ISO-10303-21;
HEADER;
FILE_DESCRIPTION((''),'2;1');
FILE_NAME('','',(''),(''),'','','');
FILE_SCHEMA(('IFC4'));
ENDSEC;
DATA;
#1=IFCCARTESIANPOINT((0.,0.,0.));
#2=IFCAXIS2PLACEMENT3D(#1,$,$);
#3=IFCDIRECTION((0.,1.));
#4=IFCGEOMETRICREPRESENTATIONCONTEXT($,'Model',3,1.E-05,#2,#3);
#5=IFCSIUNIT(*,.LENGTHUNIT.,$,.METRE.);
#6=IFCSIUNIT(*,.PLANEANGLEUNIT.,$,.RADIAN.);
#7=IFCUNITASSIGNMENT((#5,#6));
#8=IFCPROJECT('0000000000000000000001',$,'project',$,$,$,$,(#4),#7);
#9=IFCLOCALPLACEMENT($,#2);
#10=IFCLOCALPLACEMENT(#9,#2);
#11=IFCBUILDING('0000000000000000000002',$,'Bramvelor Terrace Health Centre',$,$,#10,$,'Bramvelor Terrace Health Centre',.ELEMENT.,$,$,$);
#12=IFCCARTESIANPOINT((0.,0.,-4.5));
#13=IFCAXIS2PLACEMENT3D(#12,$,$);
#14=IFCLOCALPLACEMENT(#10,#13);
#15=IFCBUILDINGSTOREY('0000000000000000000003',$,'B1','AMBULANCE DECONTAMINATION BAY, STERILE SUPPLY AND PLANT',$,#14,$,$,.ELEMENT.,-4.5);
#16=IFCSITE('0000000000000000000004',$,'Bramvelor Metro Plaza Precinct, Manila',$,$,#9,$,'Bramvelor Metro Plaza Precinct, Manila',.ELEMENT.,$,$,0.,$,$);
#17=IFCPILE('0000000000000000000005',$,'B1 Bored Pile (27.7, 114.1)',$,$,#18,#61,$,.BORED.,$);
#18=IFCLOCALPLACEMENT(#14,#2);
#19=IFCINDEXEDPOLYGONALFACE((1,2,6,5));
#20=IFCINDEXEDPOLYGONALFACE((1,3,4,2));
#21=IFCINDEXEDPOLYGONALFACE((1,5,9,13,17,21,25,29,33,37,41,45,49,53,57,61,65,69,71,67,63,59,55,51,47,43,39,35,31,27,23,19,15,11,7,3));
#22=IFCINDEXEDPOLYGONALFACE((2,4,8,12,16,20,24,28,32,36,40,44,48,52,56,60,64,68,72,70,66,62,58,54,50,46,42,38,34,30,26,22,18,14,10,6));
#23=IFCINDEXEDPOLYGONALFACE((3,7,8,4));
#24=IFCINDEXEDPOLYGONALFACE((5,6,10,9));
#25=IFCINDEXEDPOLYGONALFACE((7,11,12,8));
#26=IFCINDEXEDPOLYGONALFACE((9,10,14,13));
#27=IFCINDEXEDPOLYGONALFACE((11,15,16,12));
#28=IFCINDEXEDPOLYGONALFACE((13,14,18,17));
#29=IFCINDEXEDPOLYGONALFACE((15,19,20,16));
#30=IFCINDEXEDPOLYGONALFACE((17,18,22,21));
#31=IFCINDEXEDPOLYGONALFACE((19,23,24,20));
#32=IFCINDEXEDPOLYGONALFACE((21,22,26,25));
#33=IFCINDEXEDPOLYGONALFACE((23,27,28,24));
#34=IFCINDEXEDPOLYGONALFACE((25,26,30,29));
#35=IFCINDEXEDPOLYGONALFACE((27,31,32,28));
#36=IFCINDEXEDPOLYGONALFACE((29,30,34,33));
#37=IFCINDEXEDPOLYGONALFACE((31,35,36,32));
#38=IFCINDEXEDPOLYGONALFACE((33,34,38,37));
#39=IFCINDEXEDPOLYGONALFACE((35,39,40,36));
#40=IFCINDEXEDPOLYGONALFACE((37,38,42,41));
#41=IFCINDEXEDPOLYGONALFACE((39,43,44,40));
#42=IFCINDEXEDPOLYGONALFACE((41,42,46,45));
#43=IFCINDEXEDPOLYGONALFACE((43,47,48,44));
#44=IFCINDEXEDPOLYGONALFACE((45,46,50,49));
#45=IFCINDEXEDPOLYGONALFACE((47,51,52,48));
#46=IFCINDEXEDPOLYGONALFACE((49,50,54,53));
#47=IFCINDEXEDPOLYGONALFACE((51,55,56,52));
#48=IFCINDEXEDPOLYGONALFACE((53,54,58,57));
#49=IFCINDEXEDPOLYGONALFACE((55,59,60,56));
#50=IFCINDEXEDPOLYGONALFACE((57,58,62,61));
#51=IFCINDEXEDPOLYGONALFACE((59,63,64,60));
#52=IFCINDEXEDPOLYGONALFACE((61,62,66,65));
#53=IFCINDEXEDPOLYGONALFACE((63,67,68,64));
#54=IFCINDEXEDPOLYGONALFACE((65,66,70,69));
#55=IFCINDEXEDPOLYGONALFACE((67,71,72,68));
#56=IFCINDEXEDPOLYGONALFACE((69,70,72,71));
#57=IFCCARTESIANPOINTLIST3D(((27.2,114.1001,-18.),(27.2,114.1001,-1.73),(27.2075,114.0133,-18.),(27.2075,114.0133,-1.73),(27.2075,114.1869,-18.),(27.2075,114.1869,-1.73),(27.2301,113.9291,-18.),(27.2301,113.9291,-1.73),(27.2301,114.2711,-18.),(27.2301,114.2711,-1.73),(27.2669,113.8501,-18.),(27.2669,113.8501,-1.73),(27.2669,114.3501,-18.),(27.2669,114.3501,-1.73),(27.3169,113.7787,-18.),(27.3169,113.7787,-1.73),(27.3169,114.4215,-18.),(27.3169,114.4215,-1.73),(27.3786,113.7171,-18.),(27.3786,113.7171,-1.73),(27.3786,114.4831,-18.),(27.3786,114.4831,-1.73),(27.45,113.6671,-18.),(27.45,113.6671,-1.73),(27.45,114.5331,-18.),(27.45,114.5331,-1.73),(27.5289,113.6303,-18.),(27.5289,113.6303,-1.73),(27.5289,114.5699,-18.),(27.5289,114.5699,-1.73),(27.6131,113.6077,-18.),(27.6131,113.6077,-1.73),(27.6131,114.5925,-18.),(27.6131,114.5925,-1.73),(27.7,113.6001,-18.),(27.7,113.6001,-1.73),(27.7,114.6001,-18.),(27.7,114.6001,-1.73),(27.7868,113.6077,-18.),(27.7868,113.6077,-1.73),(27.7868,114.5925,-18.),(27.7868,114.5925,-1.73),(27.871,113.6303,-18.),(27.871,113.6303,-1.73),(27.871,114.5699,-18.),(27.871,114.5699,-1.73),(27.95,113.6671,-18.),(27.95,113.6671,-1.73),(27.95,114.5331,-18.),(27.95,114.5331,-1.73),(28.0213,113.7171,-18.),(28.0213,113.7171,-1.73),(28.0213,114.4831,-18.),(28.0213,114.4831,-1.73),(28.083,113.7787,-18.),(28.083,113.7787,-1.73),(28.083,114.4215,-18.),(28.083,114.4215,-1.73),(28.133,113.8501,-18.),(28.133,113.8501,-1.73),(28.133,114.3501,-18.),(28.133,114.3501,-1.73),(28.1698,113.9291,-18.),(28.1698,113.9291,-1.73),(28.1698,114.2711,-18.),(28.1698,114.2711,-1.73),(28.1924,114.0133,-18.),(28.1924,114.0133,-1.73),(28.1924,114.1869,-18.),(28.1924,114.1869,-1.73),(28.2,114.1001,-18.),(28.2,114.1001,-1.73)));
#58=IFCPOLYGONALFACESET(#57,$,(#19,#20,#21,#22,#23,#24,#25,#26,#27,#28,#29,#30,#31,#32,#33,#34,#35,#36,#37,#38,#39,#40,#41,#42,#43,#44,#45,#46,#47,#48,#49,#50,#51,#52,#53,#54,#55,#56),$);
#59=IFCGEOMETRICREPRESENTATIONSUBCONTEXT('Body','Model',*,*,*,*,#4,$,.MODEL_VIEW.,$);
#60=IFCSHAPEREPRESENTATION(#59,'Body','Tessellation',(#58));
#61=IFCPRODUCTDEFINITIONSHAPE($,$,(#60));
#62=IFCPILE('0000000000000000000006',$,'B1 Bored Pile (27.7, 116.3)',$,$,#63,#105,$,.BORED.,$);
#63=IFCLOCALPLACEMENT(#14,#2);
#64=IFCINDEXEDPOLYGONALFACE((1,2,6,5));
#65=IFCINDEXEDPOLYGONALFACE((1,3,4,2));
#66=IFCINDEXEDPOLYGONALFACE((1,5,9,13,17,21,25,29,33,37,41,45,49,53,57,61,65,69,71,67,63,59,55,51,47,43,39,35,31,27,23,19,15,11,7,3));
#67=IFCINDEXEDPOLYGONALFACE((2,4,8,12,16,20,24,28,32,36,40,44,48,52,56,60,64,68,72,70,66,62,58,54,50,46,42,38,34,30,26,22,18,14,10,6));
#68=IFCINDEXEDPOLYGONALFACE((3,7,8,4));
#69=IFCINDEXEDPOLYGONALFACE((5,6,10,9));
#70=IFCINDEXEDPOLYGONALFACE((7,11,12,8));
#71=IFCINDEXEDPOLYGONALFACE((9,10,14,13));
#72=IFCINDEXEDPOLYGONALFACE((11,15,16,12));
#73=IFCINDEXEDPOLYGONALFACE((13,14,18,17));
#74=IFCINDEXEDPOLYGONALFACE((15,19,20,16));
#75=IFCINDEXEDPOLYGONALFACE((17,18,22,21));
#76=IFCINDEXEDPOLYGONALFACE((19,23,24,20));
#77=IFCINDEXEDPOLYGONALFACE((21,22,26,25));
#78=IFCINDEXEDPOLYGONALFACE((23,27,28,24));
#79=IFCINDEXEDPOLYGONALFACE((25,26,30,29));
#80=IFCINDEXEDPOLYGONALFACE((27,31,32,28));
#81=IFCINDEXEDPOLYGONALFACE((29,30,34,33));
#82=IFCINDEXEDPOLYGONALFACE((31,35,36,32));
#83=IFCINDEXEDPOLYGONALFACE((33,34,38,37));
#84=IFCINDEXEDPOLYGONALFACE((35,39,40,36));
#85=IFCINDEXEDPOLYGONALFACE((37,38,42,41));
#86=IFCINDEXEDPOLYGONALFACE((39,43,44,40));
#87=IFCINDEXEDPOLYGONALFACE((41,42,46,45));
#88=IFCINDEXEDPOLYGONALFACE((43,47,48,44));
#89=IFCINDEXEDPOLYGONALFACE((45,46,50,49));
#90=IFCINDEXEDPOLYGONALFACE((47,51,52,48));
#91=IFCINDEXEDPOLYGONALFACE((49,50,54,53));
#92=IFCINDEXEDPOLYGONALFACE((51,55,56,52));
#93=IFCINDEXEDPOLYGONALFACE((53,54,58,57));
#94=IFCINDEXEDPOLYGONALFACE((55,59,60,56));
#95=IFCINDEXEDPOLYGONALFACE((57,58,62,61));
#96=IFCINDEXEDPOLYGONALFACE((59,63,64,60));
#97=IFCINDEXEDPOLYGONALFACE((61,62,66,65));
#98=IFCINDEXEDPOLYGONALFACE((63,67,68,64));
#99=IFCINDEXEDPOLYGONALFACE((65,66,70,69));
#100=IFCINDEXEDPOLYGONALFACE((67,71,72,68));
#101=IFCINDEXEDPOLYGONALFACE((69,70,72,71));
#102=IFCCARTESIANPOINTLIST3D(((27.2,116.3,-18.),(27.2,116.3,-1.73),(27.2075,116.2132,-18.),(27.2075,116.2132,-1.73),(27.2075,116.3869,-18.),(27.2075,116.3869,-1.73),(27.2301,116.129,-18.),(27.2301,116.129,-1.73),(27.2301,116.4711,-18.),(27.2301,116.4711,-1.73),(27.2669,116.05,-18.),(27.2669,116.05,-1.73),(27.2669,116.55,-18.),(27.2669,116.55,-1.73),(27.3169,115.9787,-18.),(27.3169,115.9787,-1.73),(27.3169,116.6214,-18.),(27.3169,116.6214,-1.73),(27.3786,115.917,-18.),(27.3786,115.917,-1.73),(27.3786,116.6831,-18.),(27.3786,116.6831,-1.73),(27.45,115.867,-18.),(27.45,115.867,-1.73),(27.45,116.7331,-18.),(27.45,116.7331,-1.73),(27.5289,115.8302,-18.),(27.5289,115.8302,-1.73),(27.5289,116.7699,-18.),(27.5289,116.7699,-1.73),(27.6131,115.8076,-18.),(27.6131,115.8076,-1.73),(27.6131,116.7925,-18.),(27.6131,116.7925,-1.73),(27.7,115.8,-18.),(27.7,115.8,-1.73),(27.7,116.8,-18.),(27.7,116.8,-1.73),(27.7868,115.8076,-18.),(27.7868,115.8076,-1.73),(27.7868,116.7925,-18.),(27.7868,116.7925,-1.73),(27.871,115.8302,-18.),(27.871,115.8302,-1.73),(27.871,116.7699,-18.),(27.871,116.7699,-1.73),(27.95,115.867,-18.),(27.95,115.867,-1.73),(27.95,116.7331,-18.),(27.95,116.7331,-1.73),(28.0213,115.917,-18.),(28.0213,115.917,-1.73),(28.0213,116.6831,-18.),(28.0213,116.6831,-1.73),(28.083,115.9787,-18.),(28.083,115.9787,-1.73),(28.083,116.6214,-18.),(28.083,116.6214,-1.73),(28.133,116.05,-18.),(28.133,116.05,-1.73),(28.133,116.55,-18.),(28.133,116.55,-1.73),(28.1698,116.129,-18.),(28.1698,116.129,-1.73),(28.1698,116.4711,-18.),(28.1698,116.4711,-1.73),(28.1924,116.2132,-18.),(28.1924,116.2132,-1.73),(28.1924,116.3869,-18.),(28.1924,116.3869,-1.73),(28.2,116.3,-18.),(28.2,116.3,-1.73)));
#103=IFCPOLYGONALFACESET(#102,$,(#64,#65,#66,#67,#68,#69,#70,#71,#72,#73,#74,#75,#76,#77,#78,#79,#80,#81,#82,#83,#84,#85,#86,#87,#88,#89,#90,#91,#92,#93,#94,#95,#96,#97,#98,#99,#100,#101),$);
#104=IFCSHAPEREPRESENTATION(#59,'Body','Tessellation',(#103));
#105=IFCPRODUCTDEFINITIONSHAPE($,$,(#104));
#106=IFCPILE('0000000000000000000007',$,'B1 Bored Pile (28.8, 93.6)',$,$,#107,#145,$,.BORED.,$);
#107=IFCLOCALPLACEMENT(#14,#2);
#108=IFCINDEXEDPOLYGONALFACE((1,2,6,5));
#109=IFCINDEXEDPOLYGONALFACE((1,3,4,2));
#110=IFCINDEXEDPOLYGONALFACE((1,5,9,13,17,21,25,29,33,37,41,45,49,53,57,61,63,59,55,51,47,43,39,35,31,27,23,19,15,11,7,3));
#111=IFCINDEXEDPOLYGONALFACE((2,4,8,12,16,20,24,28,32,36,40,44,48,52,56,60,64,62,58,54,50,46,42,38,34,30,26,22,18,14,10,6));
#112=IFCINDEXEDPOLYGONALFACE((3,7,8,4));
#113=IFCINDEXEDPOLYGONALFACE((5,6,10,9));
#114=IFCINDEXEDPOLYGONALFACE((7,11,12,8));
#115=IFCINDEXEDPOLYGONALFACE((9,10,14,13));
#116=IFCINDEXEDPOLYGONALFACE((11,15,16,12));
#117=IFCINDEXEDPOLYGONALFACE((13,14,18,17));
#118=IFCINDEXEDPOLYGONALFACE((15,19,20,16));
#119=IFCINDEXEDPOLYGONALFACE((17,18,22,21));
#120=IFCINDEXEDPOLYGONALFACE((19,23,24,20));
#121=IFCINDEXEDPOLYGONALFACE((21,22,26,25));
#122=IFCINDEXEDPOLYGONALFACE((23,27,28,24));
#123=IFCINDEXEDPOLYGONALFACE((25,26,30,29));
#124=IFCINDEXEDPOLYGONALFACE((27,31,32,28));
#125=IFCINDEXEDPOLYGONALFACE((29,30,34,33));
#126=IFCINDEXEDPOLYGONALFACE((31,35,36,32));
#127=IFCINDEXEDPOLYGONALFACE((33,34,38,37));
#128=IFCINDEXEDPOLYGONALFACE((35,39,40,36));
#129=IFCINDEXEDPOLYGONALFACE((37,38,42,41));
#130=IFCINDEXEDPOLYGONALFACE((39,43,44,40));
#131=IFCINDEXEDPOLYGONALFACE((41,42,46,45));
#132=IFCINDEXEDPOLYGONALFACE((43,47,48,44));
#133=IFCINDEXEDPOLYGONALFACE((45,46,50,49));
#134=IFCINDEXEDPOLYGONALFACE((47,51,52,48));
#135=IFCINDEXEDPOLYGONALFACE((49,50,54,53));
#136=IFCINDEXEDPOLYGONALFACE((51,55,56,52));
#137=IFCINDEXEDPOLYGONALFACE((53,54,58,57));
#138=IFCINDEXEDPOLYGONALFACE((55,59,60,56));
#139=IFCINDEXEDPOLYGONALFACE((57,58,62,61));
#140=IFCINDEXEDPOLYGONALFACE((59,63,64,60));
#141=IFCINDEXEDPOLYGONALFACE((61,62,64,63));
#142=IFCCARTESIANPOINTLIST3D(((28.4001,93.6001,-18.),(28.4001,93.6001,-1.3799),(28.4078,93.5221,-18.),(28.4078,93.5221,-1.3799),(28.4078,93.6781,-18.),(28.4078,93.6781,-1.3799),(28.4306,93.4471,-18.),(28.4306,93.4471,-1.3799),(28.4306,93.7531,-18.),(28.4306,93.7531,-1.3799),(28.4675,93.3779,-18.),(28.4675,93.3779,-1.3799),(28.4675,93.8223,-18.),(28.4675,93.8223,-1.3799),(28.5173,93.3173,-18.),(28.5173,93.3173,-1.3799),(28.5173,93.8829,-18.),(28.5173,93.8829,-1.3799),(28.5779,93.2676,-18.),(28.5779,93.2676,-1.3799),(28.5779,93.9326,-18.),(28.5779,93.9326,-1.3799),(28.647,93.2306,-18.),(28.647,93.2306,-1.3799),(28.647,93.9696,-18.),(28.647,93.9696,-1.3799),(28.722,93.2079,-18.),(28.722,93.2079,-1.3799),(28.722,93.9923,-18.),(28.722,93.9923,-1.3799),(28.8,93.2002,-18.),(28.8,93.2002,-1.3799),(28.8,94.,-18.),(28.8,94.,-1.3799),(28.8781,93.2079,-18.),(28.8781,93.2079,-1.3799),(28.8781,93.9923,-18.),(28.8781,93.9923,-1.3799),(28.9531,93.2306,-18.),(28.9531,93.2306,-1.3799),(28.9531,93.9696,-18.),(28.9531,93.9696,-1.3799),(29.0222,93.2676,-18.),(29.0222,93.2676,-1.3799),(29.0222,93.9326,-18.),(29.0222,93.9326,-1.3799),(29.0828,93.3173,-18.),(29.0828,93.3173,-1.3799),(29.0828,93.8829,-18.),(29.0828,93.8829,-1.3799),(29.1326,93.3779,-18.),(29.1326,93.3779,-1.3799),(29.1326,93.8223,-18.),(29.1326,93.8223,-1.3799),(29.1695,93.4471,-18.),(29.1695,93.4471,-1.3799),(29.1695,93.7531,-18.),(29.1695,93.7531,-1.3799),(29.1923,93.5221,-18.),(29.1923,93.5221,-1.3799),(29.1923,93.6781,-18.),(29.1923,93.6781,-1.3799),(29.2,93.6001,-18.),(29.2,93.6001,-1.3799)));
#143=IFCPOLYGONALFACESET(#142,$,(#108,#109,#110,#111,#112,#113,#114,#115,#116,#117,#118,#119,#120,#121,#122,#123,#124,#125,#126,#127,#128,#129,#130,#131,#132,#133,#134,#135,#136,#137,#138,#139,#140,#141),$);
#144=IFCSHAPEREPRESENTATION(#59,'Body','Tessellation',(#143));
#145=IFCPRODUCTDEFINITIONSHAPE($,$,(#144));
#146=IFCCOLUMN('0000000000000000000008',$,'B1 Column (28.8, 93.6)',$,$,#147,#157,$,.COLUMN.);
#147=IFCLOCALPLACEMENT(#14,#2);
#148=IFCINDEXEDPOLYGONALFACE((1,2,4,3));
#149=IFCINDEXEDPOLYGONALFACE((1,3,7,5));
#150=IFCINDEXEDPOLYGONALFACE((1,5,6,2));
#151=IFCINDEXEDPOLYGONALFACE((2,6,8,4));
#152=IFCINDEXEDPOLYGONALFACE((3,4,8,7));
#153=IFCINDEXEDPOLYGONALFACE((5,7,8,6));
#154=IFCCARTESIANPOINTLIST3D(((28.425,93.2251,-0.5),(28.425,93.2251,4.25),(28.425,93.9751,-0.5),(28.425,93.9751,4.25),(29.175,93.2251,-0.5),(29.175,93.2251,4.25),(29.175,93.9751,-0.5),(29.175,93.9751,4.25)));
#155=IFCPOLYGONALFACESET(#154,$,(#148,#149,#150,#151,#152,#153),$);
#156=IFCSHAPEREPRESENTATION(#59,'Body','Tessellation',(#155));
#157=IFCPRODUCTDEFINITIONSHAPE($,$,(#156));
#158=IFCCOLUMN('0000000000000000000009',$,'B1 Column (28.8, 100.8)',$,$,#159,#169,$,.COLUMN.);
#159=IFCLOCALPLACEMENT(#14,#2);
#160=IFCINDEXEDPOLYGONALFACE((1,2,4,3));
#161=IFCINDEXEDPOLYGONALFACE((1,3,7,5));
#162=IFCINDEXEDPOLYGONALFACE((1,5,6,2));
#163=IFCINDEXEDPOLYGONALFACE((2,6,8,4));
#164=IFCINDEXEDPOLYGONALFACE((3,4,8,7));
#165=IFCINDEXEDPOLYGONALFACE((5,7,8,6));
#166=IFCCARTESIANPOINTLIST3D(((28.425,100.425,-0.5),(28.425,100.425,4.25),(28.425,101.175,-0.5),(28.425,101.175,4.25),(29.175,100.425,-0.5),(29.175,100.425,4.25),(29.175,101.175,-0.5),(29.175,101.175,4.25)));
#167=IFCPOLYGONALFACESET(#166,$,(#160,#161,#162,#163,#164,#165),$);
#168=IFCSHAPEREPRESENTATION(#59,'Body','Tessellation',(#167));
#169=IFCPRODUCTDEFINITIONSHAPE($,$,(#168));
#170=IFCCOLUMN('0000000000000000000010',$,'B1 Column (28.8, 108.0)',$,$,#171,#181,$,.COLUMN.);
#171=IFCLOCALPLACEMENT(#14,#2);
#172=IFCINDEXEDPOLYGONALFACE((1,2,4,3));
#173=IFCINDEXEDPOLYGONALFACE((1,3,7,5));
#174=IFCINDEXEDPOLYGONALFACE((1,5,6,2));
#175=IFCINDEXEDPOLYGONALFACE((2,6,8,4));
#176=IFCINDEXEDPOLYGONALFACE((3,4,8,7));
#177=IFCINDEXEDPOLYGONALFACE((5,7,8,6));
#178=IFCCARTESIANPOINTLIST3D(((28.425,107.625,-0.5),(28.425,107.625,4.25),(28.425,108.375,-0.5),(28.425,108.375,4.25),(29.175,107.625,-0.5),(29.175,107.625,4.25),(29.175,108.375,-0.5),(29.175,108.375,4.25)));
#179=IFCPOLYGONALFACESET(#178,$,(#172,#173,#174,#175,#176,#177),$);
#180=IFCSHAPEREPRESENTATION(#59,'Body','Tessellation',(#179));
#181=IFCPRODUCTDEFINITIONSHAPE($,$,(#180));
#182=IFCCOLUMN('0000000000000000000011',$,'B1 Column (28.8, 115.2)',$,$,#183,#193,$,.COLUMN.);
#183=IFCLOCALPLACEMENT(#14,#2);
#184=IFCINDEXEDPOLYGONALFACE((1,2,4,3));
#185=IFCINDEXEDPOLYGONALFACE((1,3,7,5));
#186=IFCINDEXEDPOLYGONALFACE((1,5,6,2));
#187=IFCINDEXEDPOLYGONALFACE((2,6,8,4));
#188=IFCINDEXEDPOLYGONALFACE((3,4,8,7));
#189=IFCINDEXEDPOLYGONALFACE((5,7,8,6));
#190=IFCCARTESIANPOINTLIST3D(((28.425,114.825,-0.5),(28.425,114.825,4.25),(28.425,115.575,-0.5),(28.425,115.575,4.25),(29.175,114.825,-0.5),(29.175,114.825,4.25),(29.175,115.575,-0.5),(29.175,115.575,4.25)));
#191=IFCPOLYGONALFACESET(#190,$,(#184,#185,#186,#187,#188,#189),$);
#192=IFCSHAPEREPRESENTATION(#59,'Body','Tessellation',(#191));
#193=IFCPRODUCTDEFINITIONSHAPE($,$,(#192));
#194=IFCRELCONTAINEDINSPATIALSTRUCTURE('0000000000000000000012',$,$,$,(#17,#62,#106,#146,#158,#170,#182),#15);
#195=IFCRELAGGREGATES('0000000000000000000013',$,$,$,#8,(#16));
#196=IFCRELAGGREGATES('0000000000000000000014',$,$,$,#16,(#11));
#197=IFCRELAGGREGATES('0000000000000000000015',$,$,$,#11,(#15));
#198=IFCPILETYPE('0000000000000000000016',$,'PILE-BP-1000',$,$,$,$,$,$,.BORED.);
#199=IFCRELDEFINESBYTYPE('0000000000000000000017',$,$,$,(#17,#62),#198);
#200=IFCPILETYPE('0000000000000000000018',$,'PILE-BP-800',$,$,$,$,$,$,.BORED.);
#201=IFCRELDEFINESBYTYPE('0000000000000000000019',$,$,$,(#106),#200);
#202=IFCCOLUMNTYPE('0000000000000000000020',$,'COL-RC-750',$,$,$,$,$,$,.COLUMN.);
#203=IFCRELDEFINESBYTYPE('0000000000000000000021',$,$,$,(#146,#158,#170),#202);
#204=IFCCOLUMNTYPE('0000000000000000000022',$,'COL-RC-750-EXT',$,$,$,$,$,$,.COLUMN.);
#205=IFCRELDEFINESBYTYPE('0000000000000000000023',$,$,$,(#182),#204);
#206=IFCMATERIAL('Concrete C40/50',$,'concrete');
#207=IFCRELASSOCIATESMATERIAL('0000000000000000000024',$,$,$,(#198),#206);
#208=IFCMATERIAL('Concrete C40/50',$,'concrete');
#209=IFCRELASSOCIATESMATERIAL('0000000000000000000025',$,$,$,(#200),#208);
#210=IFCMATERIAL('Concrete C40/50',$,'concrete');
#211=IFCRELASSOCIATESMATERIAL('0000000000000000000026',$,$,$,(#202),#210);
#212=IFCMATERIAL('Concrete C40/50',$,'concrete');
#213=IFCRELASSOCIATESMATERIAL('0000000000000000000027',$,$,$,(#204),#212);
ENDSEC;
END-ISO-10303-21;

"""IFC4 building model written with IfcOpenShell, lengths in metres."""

from ifc_helpers import new_model, si_unit, direction, frame, origin, origin_2d, place, context, subcontext, project, spatial, rectangle, circle, extrude, material, material_profile, profile_set, type_object, element, save


model = new_model("IFC4")

# Units and contexts
model_context = context("Model", 3, precision=1e-05, world=origin(), true_north=direction((0.0, 1.0)))
body_context = subcontext(model_context, "Body", "Model", "MODEL_VIEW")
ifc_project = project(units=[si_unit("LENGTHUNIT", "METRE"), si_unit("PLANEANGLEUNIT", "RADIAN")], contexts=[model_context])

# Site, building, storey
site_placement = place(None, origin())
site = spatial("IfcSite", under=ifc_project, at=site_placement, Name="Bramvelor Metro Plaza Precinct, Manila", LongName="Bramvelor Metro Plaza Precinct, Manila", CompositionType="ELEMENT", RefElevation=0.0)
building_placement = place(site_placement, origin())
building = spatial("IfcBuilding", under=site, at=building_placement, Name="Bramvelor Terrace Health Centre", LongName="Bramvelor Terrace Health Centre", CompositionType="ELEMENT")
storey_placement = place(building_placement, frame((0.0, 0.0, -4.5)))
storey = spatial("IfcBuildingStorey", under=building, at=storey_placement, Name="B1", Description="AMBULANCE DECONTAMINATION BAY, STERILE SUPPLY AND PLANT", CompositionType="ELEMENT", Elevation=-4.5)

# Piles
ifc_material_1 = material(Name="Concrete C40/50", Category="concrete")
ifc_material_profile_1 = material_profile(ifc_material_1, circle(Radius=0.5, at=origin_2d()), Name="BP D1000")
ifc_profile_set_1 = profile_set([ifc_material_profile_1], Name="Concrete C40/50")
pile_type_1 = type_object("IfcPileType", Name="PILE-BP-1000", PredefinedType="BORED", material=ifc_profile_set_1)
for number, where, z_axis, x_axis, name in (
    (1, (27.7, 114.1001, -1.73), (0.0, 0.0, -1.0), (1.0, 0.0, 0.0), "B1 Bored Pile (27.7, 114.1)"),
    (2, (27.7, 116.3, -1.73), (0.0, 0.0, -1.0), (1.0, 0.0, 0.0), "B1 Bored Pile (27.7, 116.3)"),
):
    element("IfcPile", number, at=place(storey_placement, frame(where, z_axis=z_axis, x_axis=x_axis)), inside=storey, type_object=pile_type_1, Name=name, PredefinedType="BORED", context=body_context, shape_type="SweptSolid", body=[
        extrude(circle(Radius=0.5, at=origin_2d()), origin(), (0.0, 0.0, 1.0), 16.27),
    ])
ifc_material_2 = material(Name="Concrete C40/50", Category="concrete")
ifc_material_profile_2 = material_profile(ifc_material_2, circle(Radius=0.3999, at=origin_2d()), Name="BP D800")
ifc_profile_set_2 = profile_set([ifc_material_profile_2], Name="Concrete C40/50")
pile_type_2 = type_object("IfcPileType", Name="PILE-BP-800", PredefinedType="BORED", material=ifc_profile_set_2)
pile_placement = place(storey_placement, frame((28.8, 93.6001, -1.3799), z_axis=(0.0, 0.0, -1.0), x_axis=(1.0, 0.0, 0.0)))
element("IfcPile", 3, at=pile_placement, inside=storey, type_object=pile_type_2, Name="B1 Bored Pile (28.8, 93.6)", PredefinedType="BORED", context=body_context, shape_type="SweptSolid", body=[
    extrude(circle(Radius=0.3999, at=origin_2d()), origin(), (0.0, 0.0, 1.0), 16.6201),
])

# Columns
ifc_material_3 = material(Name="Concrete C40/50", Category="concrete")
ifc_material_profile_3 = material_profile(ifc_material_3, rectangle(XDim=0.75, YDim=0.75, at=origin_2d()), Name="RC 750x750")
ifc_profile_set_3 = profile_set([ifc_material_profile_3], Name="Concrete C40/50")
column_type_1 = type_object("IfcColumnType", Name="COL-RC-750", PredefinedType="COLUMN", material=ifc_profile_set_3)
for number, where, z_axis, x_axis, name in (
    (4, (28.8, 93.6001, -0.5), (0.0, 0.0, 1.0), (1.0, 0.0, 0.0), "B1 Column (28.8, 93.6)"),
    (5, (28.8, 100.8, -0.5), (0.0, 0.0, 1.0), (1.0, 0.0, 0.0), "B1 Column (28.8, 100.8)"),
    (6, (28.8, 108.0, -0.5), (0.0, 0.0, 1.0), (1.0, 0.0, 0.0), "B1 Column (28.8, 108.0)"),
):
    element("IfcColumn", number, at=place(storey_placement, frame(where, z_axis=z_axis, x_axis=x_axis)), inside=storey, type_object=column_type_1, Name=name, PredefinedType="COLUMN", context=body_context, shape_type="SweptSolid", body=[
        extrude(rectangle(XDim=0.75, YDim=0.75, at=origin_2d()), origin(), (0.0, 0.0, 1.0), 4.75),
    ])
ifc_material_4 = material(Name="Concrete C40/50", Category="concrete")
ifc_material_profile_4 = material_profile(ifc_material_4, rectangle(XDim=0.75, YDim=0.75, at=origin_2d()), Name="RC 750x750")
ifc_profile_set_4 = profile_set([ifc_material_profile_4], Name="Concrete C40/50")
column_type_2 = type_object("IfcColumnType", Name="COL-RC-750-EXT", PredefinedType="COLUMN", material=ifc_profile_set_4)
column_placement = place(storey_placement, frame((28.8, 115.2, -0.5), z_axis=(0.0, 0.0, 1.0), x_axis=(1.0, 0.0, 0.0)))
element("IfcColumn", 7, at=column_placement, inside=storey, type_object=column_type_2, Name="B1 Column (28.8, 115.2)", PredefinedType="COLUMN", context=body_context, shape_type="SweptSolid", body=[
    extrude(rectangle(XDim=0.75, YDim=0.75, at=origin_2d()), origin(), (0.0, 0.0, 1.0), 4.75),
])

save(model, "model.ifc")
